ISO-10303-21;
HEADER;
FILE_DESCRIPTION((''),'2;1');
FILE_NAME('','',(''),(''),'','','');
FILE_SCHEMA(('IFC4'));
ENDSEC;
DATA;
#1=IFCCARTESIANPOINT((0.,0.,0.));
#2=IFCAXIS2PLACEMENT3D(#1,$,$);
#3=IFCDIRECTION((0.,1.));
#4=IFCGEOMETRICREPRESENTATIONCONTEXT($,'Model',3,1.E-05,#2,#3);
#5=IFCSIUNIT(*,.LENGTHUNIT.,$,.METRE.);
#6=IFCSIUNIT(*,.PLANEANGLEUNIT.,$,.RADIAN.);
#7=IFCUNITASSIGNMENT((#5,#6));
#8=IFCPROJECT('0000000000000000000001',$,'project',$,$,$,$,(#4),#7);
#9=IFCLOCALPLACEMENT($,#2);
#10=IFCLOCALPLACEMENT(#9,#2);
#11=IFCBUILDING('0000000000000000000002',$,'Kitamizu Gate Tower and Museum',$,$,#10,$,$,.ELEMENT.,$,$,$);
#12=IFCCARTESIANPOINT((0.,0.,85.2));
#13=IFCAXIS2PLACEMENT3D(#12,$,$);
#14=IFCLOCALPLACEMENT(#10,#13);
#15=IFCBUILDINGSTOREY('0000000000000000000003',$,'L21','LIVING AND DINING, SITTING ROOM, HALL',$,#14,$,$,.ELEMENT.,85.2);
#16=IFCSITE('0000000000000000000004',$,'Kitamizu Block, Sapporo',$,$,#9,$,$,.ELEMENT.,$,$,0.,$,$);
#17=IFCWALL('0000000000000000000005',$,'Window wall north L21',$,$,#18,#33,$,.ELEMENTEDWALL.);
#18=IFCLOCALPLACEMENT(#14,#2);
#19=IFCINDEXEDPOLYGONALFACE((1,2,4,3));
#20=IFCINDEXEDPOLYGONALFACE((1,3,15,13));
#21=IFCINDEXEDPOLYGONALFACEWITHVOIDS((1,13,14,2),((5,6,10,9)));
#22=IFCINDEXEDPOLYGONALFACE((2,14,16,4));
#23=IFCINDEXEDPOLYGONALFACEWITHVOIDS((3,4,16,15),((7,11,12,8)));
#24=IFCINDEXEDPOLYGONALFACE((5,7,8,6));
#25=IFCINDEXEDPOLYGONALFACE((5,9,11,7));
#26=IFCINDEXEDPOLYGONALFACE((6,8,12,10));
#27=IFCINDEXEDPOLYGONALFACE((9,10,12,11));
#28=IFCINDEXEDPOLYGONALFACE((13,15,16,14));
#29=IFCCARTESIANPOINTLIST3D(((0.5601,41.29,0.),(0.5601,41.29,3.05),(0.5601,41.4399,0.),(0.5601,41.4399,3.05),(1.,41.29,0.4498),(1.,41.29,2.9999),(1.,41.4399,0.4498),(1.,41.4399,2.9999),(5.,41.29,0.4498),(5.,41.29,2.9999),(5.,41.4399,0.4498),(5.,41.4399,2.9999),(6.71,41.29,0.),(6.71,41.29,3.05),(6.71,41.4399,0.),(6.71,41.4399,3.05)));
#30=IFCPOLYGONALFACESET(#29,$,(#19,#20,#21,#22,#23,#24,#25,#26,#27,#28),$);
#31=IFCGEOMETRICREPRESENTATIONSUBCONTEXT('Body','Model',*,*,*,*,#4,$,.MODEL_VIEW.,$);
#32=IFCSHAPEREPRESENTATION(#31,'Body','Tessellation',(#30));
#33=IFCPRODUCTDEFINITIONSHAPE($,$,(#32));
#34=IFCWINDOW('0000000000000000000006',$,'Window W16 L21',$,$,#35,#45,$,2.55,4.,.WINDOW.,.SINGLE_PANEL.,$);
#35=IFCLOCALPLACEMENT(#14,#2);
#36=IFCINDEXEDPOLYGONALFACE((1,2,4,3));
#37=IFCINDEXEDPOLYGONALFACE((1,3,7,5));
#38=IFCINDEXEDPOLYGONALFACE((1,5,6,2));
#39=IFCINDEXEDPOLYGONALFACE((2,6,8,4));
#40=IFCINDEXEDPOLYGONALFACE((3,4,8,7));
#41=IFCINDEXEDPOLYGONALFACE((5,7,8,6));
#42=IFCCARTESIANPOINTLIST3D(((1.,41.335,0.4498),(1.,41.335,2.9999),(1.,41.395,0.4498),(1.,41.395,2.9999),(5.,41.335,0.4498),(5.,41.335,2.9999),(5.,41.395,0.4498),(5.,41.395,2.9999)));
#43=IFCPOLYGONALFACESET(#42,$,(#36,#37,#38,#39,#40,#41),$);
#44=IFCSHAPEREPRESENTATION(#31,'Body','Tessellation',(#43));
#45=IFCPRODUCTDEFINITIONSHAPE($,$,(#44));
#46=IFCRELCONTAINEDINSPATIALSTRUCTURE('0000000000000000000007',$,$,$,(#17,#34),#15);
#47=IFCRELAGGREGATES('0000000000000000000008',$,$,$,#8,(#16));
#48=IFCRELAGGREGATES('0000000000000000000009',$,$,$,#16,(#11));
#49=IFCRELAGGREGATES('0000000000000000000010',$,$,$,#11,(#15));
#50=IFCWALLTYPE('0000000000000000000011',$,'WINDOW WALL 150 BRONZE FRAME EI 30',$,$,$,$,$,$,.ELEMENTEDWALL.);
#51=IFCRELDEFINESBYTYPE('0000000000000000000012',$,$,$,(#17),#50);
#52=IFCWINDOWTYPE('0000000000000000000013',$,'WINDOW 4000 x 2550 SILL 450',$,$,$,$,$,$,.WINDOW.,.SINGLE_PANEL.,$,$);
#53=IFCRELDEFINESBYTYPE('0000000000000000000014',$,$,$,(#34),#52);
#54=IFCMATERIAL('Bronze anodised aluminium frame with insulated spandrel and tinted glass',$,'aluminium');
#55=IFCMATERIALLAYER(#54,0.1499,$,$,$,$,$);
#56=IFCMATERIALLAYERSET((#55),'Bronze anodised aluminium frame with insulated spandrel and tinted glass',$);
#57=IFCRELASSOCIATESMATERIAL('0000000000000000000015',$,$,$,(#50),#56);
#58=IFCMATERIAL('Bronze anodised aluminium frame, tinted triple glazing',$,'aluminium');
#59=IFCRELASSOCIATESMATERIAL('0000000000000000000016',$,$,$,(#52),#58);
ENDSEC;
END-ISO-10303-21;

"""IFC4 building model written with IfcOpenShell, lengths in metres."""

from ifc_helpers import new_model, si_unit, direction, frame, frame_2d, origin, place, context, subcontext, project, spatial, rectangle, extrude, material, layer, layer_set, type_object, element, fill, save


model = new_model("IFC4")

# Units and contexts
model_context = context("Model", 3, precision=1e-05, world=origin(), true_north=direction((0.0, 1.0)))
body_context = subcontext(model_context, "Body", "Model", "MODEL_VIEW")
ifc_project = project(units=[si_unit("LENGTHUNIT", "METRE"), si_unit("PLANEANGLEUNIT", "RADIAN")], contexts=[model_context])

# Site, building, storey
site_placement = place(None, origin())
site = spatial("IfcSite", under=ifc_project, at=site_placement, Name="Kitamizu Block, Sapporo", CompositionType="ELEMENT", RefElevation=0.0)
building_placement = place(site_placement, origin())
building = spatial("IfcBuilding", under=site, at=building_placement, Name="Kitamizu Gate Tower and Museum", CompositionType="ELEMENT")
storey_placement = place(building_placement, frame((0.0, 0.0, 85.2)))
storey = spatial("IfcBuildingStorey", under=building, at=storey_placement, Name="L21", Description="LIVING AND DINING, SITTING ROOM, HALL", CompositionType="ELEMENT", Elevation=85.2)

# Wall, opening, window
ifc_material_1 = material(Name="Bronze anodised aluminium frame with insulated spandrel and tinted glass", Category="aluminium")
ifc_layer = layer(ifc_material_1, 0.1499)
ifc_layer_set = layer_set([ifc_layer], Name="Bronze anodised aluminium frame with insulated spandrel and tinted glass")
wall_type = type_object("IfcWallType", Name="WINDOW WALL 150 BRONZE FRAME EI 30", PredefinedType="ELEMENTEDWALL", material=ifc_layer_set)
wall_placement = place(storey_placement, frame((0.5601, 41.365, 0.0), z_axis=(0.0, 0.0, 1.0), x_axis=(1.0, 0.0, 0.0)))
wall = element("IfcWall", 1, at=wall_placement, inside=storey, type_object=wall_type, Name="Window wall north L21", PredefinedType="ELEMENTEDWALL", context=body_context, shape_type="SweptSolid", body=[
    extrude(rectangle(XDim=6.1499, YDim=0.1499, at=frame_2d((3.075, 0.0))), origin(), (0.0, 0.0, 1.0), 3.05),
])
opening_placement = place(wall_placement, frame((0.4399, 0.0, 0.45)))
opening = element("IfcOpeningElement", 2, at=opening_placement, cuts=wall, PredefinedType="OPENING", context=body_context, shape_type="SweptSolid", body=[
    extrude(rectangle(XDim=4.0, YDim=2.55, at=frame_2d((2.0, 1.2749))), frame((0.0, 0.085, 0.0), z_axis=(0.0, -1.0, 0.0), x_axis=(1.0, 0.0, 0.0)), (0.0, 0.0, 1.0), 0.1699),
])
ifc_material_2 = material(Name="Bronze anodised aluminium frame, tinted triple glazing", Category="aluminium")
window_type = type_object("IfcWindowType", Name="WINDOW 4000 x 2550 SILL 450", PartitioningType="SINGLE_PANEL", PredefinedType="WINDOW", material=ifc_material_2)
window_placement = place(opening_placement, origin())
window = element("IfcWindow", 3, at=window_placement, inside=storey, type_object=window_type, Name="Window W16 L21", OverallHeight=2.55, OverallWidth=4.0, PartitioningType="SINGLE_PANEL", PredefinedType="WINDOW", context=body_context, shape_type="SweptSolid", body=[
    extrude(rectangle(XDim=4.0, YDim=2.55, at=frame_2d((2.0, 1.2749))), frame((0.0, 0.03, 0.0), z_axis=(0.0, -1.0, 0.0), x_axis=(1.0, 0.0, 0.0)), (0.0, 0.0, 1.0), 0.0601),
])
fill(opening, window)

save(model, "model.ifc")
